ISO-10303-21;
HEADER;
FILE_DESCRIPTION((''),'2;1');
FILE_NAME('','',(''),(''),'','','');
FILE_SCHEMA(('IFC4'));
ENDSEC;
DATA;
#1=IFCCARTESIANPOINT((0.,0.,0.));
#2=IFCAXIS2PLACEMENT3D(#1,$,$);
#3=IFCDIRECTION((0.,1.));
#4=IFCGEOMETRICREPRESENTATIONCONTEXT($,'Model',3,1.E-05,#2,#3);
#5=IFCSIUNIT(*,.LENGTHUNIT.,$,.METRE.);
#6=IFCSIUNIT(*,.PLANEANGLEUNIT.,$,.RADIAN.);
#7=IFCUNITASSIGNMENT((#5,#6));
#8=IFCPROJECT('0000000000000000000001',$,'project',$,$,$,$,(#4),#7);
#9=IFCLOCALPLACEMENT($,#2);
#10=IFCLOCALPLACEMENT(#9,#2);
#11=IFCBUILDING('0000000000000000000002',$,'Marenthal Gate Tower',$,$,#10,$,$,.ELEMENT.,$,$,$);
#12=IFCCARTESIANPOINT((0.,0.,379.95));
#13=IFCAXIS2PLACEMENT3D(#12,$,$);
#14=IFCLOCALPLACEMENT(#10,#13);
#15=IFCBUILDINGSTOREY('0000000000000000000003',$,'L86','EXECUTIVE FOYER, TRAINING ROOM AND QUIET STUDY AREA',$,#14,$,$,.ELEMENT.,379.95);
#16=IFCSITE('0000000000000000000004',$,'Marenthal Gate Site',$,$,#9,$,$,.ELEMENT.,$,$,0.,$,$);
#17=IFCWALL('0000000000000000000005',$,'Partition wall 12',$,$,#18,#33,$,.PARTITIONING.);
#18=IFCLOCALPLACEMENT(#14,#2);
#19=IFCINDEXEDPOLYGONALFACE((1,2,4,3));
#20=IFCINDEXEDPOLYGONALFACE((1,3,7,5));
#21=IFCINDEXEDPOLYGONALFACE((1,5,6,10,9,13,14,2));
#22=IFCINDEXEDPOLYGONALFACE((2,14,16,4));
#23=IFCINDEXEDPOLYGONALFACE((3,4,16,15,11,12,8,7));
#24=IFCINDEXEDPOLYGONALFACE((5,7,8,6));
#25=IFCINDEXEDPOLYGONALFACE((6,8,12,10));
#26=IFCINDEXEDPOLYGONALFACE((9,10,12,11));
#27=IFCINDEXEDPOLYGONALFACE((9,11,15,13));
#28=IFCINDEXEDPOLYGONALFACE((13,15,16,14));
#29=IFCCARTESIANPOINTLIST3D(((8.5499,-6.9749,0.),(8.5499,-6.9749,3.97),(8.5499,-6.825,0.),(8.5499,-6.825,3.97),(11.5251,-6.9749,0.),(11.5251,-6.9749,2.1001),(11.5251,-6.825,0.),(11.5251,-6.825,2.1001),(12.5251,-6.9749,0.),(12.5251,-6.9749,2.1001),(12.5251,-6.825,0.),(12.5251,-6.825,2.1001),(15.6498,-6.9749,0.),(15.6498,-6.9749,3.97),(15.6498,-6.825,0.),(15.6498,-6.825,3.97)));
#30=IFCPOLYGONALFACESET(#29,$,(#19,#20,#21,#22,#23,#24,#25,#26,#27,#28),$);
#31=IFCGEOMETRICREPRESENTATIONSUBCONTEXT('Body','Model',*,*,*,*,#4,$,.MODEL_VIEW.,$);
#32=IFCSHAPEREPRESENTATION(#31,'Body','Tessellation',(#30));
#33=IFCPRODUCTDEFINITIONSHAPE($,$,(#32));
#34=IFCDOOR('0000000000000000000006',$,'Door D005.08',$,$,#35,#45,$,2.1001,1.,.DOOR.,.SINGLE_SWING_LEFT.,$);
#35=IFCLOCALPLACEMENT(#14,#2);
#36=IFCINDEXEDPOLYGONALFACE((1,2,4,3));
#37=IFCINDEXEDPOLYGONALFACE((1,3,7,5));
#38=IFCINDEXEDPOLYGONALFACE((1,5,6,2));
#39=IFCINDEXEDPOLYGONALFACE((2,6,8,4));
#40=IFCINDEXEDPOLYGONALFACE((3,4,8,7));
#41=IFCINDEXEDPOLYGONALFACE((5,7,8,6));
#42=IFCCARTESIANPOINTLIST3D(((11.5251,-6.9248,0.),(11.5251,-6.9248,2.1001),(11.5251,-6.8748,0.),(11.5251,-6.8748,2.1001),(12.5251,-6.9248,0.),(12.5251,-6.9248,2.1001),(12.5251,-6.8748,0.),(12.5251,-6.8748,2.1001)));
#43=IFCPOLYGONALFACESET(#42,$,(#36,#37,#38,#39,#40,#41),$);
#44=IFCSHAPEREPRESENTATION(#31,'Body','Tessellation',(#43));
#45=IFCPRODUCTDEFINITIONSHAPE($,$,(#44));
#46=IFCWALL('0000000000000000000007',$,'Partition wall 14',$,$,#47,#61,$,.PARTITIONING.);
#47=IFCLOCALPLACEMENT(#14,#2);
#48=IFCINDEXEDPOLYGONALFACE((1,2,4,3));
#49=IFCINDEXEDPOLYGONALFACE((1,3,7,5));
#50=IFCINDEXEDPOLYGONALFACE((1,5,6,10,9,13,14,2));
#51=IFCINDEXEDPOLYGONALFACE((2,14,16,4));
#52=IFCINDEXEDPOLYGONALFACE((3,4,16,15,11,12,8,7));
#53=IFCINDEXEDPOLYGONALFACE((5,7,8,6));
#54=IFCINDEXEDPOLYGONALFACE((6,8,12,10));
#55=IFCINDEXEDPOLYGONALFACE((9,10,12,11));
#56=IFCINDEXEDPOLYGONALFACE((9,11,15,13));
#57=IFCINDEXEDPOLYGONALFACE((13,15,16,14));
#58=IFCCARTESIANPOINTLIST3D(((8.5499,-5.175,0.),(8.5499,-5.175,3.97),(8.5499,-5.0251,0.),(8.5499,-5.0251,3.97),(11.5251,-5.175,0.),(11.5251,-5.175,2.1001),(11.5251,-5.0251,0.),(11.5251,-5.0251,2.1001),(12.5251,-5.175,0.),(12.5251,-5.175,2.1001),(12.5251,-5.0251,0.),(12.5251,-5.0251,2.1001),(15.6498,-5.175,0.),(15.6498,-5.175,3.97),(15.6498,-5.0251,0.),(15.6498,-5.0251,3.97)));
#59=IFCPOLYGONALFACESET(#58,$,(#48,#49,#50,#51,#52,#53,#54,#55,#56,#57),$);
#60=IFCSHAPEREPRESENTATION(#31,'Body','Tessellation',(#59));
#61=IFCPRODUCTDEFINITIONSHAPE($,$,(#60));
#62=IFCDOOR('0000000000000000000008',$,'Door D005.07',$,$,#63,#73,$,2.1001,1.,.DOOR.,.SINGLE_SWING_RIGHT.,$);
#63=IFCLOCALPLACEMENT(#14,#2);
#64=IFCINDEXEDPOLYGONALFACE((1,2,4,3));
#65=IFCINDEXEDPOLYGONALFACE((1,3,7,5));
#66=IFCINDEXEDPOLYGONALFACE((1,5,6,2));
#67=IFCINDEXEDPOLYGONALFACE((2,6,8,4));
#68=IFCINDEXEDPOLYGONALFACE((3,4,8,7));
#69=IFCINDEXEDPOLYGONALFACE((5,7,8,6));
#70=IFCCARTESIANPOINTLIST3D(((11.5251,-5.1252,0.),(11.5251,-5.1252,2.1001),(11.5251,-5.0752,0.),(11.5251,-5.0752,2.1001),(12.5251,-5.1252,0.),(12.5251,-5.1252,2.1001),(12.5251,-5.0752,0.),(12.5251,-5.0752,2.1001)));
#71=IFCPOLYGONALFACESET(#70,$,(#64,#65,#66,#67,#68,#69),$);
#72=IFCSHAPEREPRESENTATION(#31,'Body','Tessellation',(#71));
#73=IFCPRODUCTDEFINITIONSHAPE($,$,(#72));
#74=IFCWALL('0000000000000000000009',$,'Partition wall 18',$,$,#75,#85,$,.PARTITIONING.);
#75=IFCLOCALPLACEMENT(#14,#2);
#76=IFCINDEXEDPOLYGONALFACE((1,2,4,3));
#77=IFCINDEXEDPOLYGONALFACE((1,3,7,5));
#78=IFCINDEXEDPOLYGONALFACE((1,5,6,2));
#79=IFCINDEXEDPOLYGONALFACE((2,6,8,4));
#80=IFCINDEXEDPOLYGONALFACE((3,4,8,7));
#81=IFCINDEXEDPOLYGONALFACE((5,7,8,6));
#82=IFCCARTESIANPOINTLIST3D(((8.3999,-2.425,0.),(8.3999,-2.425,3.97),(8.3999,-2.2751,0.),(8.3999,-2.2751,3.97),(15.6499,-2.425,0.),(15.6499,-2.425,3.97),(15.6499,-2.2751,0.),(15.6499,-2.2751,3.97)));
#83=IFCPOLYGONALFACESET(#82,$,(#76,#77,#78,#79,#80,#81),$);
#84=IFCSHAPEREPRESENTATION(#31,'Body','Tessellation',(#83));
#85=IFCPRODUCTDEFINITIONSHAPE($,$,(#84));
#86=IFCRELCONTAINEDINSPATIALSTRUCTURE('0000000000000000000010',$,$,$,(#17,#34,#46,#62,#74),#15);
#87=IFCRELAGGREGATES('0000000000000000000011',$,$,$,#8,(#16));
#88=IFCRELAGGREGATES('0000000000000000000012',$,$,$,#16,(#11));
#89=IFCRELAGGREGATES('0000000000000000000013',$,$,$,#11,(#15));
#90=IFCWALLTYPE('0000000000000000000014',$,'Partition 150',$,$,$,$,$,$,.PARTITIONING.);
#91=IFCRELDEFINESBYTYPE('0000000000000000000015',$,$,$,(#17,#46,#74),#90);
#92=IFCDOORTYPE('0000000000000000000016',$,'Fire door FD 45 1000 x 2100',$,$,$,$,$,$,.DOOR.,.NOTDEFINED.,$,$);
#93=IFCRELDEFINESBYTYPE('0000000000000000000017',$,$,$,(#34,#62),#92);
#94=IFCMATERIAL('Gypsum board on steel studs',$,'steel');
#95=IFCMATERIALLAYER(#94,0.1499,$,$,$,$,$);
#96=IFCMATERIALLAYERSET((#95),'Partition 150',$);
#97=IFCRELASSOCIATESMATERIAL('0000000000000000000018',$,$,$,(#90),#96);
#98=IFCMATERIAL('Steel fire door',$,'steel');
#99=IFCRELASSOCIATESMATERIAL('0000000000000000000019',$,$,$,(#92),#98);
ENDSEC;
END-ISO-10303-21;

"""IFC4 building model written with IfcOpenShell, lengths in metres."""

from ifc_helpers import new_model, si_unit, direction, frame, frame_2d, origin, place, context, subcontext, project, spatial, rectangle, extrude, material, layer, layer_set, type_object, element, fill, save


model = new_model("IFC4")

# Units and contexts
model_context = context("Model", 3, precision=1e-05, world=origin(), true_north=direction((0.0, 1.0)))
body_context = subcontext(model_context, "Body", "Model", "MODEL_VIEW")
ifc_project = project(units=[si_unit("LENGTHUNIT", "METRE"), si_unit("PLANEANGLEUNIT", "RADIAN")], contexts=[model_context])

# Site, building, storey
site_placement = place(None, origin())
site = spatial("IfcSite", under=ifc_project, at=site_placement, Name="Marenthal Gate Site", CompositionType="ELEMENT", RefElevation=0.0)
building_placement = place(site_placement, origin())
building = spatial("IfcBuilding", under=site, at=building_placement, Name="Marenthal Gate Tower", CompositionType="ELEMENT")
storey_placement = place(building_placement, frame((0.0, 0.0, 379.95)))
storey = spatial("IfcBuildingStorey", under=building, at=storey_placement, Name="L86", Description="EXECUTIVE FOYER, TRAINING ROOM AND QUIET STUDY AREA", CompositionType="ELEMENT", Elevation=379.95)

# Walls, openings, doors
ifc_material_1 = material(Name="Gypsum board on steel studs", Category="steel")
ifc_layer_1 = layer(ifc_material_1, 0.1499)
ifc_layer_set_1 = layer_set([ifc_layer_1], Name="Partition 150")
wall_type_1 = type_object("IfcWallType", Name="Partition 150", PredefinedType="PARTITIONING", material=ifc_layer_set_1)
wall_1_placement = place(storey_placement, frame((8.55, -6.8999, 0.0), z_axis=(0.0, 0.0, 1.0), x_axis=(1.0, 0.0, 0.0)))
wall_1 = element("IfcWall", 1, at=wall_1_placement, inside=storey, type_object=wall_type_1, Name="Partition wall 12", PredefinedType="PARTITIONING", context=body_context, shape_type="SweptSolid", body=[
    extrude(rectangle(XDim=7.0999, YDim=0.1499, at=frame_2d((3.5498, 0.0))), origin(), (0.0, 0.0, 1.0), 3.97),
])
opening_1_placement = place(wall_1_placement, frame((2.9751, 0.0, 0.0)))
opening_1 = element("IfcOpeningElement", 2, at=opening_1_placement, cuts=wall_1, PredefinedType="OPENING", context=body_context, shape_type="SweptSolid", body=[
    extrude(rectangle(XDim=1.0, YDim=2.1001, at=frame_2d((0.5, 1.05))), frame((0.0, 0.085, 0.0), z_axis=(0.0, -1.0, 0.0), x_axis=(1.0, 0.0, 0.0)), (0.0, 0.0, 1.0), 0.1699),
])
ifc_material_2 = material(Name="Steel fire door", Category="steel")
door_type = type_object("IfcDoorType", Name="Fire door FD 45 1000 x 2100", OperationType="NOTDEFINED", PredefinedType="DOOR", material=ifc_material_2)
door_1_placement = place(opening_1_placement, frame((1.0, 0.0, 0.0), z_axis=(0.0, 0.0, 1.0), x_axis=(-1.0, 0.0, 0.0)))
door_1 = element("IfcDoor", 3, at=door_1_placement, inside=storey, type_object=door_type, Name="Door D005.08", OperationType="SINGLE_SWING_LEFT", OverallHeight=2.1001, OverallWidth=1.0, PredefinedType="DOOR", context=body_context, shape_type="SweptSolid", body=[
    extrude(rectangle(XDim=1.0, YDim=2.1001, at=frame_2d((0.5, 1.05))), frame((0.0, 0.0249, 0.0), z_axis=(0.0, -1.0, 0.0), x_axis=(1.0, 0.0, 0.0)), (0.0, 0.0, 1.0), 0.05),
])
fill(opening_1, door_1)
wall_2_placement = place(storey_placement, frame((8.55, -5.1001, 0.0), z_axis=(0.0, 0.0, 1.0), x_axis=(1.0, 0.0, 0.0)))
wall_2 = element("IfcWall", 4, at=wall_2_placement, inside=storey, type_object=wall_type_1, Name="Partition wall 14", PredefinedType="PARTITIONING", context=body_context, shape_type="SweptSolid", body=[
    extrude(rectangle(XDim=7.0999, YDim=0.1499, at=frame_2d((3.5498, 0.0))), origin(), (0.0, 0.0, 1.0), 3.97),
])
opening_2_placement = place(wall_2_placement, frame((2.9751, 0.0, 0.0)))
opening_2 = element("IfcOpeningElement", 5, at=opening_2_placement, cuts=wall_2, PredefinedType="OPENING", context=body_context, shape_type="SweptSolid", body=[
    extrude(rectangle(XDim=1.0, YDim=2.1001, at=frame_2d((0.5, 1.05))), frame((0.0, 0.085, 0.0), z_axis=(0.0, -1.0, 0.0), x_axis=(1.0, 0.0, 0.0)), (0.0, 0.0, 1.0), 0.1699),
])
door_2_placement = place(opening_2_placement, origin())
door_2 = element("IfcDoor", 6, at=door_2_placement, inside=storey, type_object=door_type, Name="Door D005.07", OperationType="SINGLE_SWING_RIGHT", OverallHeight=2.1001, OverallWidth=1.0, PredefinedType="DOOR", context=body_context, shape_type="SweptSolid", body=[
    extrude(rectangle(XDim=1.0, YDim=2.1001, at=frame_2d((0.5, 1.05))), frame((0.0, 0.0249, 0.0), z_axis=(0.0, -1.0, 0.0), x_axis=(1.0, 0.0, 0.0)), (0.0, 0.0, 1.0), 0.05),
])
fill(opening_2, door_2)

# Wall
wall_3_placement = place(storey_placement, frame((8.3999, -2.3501, 0.0), z_axis=(0.0, 0.0, 1.0), x_axis=(1.0, 0.0, 0.0)))
element("IfcWall", 7, at=wall_3_placement, inside=storey, type_object=wall_type_1, Name="Partition wall 18", PredefinedType="PARTITIONING", context=body_context, shape_type="SweptSolid", body=[
    extrude(rectangle(XDim=7.25, YDim=0.1499, at=frame_2d((3.625, 0.0))), origin(), (0.0, 0.0, 1.0), 3.97),
])

save(model, "model.ifc")
